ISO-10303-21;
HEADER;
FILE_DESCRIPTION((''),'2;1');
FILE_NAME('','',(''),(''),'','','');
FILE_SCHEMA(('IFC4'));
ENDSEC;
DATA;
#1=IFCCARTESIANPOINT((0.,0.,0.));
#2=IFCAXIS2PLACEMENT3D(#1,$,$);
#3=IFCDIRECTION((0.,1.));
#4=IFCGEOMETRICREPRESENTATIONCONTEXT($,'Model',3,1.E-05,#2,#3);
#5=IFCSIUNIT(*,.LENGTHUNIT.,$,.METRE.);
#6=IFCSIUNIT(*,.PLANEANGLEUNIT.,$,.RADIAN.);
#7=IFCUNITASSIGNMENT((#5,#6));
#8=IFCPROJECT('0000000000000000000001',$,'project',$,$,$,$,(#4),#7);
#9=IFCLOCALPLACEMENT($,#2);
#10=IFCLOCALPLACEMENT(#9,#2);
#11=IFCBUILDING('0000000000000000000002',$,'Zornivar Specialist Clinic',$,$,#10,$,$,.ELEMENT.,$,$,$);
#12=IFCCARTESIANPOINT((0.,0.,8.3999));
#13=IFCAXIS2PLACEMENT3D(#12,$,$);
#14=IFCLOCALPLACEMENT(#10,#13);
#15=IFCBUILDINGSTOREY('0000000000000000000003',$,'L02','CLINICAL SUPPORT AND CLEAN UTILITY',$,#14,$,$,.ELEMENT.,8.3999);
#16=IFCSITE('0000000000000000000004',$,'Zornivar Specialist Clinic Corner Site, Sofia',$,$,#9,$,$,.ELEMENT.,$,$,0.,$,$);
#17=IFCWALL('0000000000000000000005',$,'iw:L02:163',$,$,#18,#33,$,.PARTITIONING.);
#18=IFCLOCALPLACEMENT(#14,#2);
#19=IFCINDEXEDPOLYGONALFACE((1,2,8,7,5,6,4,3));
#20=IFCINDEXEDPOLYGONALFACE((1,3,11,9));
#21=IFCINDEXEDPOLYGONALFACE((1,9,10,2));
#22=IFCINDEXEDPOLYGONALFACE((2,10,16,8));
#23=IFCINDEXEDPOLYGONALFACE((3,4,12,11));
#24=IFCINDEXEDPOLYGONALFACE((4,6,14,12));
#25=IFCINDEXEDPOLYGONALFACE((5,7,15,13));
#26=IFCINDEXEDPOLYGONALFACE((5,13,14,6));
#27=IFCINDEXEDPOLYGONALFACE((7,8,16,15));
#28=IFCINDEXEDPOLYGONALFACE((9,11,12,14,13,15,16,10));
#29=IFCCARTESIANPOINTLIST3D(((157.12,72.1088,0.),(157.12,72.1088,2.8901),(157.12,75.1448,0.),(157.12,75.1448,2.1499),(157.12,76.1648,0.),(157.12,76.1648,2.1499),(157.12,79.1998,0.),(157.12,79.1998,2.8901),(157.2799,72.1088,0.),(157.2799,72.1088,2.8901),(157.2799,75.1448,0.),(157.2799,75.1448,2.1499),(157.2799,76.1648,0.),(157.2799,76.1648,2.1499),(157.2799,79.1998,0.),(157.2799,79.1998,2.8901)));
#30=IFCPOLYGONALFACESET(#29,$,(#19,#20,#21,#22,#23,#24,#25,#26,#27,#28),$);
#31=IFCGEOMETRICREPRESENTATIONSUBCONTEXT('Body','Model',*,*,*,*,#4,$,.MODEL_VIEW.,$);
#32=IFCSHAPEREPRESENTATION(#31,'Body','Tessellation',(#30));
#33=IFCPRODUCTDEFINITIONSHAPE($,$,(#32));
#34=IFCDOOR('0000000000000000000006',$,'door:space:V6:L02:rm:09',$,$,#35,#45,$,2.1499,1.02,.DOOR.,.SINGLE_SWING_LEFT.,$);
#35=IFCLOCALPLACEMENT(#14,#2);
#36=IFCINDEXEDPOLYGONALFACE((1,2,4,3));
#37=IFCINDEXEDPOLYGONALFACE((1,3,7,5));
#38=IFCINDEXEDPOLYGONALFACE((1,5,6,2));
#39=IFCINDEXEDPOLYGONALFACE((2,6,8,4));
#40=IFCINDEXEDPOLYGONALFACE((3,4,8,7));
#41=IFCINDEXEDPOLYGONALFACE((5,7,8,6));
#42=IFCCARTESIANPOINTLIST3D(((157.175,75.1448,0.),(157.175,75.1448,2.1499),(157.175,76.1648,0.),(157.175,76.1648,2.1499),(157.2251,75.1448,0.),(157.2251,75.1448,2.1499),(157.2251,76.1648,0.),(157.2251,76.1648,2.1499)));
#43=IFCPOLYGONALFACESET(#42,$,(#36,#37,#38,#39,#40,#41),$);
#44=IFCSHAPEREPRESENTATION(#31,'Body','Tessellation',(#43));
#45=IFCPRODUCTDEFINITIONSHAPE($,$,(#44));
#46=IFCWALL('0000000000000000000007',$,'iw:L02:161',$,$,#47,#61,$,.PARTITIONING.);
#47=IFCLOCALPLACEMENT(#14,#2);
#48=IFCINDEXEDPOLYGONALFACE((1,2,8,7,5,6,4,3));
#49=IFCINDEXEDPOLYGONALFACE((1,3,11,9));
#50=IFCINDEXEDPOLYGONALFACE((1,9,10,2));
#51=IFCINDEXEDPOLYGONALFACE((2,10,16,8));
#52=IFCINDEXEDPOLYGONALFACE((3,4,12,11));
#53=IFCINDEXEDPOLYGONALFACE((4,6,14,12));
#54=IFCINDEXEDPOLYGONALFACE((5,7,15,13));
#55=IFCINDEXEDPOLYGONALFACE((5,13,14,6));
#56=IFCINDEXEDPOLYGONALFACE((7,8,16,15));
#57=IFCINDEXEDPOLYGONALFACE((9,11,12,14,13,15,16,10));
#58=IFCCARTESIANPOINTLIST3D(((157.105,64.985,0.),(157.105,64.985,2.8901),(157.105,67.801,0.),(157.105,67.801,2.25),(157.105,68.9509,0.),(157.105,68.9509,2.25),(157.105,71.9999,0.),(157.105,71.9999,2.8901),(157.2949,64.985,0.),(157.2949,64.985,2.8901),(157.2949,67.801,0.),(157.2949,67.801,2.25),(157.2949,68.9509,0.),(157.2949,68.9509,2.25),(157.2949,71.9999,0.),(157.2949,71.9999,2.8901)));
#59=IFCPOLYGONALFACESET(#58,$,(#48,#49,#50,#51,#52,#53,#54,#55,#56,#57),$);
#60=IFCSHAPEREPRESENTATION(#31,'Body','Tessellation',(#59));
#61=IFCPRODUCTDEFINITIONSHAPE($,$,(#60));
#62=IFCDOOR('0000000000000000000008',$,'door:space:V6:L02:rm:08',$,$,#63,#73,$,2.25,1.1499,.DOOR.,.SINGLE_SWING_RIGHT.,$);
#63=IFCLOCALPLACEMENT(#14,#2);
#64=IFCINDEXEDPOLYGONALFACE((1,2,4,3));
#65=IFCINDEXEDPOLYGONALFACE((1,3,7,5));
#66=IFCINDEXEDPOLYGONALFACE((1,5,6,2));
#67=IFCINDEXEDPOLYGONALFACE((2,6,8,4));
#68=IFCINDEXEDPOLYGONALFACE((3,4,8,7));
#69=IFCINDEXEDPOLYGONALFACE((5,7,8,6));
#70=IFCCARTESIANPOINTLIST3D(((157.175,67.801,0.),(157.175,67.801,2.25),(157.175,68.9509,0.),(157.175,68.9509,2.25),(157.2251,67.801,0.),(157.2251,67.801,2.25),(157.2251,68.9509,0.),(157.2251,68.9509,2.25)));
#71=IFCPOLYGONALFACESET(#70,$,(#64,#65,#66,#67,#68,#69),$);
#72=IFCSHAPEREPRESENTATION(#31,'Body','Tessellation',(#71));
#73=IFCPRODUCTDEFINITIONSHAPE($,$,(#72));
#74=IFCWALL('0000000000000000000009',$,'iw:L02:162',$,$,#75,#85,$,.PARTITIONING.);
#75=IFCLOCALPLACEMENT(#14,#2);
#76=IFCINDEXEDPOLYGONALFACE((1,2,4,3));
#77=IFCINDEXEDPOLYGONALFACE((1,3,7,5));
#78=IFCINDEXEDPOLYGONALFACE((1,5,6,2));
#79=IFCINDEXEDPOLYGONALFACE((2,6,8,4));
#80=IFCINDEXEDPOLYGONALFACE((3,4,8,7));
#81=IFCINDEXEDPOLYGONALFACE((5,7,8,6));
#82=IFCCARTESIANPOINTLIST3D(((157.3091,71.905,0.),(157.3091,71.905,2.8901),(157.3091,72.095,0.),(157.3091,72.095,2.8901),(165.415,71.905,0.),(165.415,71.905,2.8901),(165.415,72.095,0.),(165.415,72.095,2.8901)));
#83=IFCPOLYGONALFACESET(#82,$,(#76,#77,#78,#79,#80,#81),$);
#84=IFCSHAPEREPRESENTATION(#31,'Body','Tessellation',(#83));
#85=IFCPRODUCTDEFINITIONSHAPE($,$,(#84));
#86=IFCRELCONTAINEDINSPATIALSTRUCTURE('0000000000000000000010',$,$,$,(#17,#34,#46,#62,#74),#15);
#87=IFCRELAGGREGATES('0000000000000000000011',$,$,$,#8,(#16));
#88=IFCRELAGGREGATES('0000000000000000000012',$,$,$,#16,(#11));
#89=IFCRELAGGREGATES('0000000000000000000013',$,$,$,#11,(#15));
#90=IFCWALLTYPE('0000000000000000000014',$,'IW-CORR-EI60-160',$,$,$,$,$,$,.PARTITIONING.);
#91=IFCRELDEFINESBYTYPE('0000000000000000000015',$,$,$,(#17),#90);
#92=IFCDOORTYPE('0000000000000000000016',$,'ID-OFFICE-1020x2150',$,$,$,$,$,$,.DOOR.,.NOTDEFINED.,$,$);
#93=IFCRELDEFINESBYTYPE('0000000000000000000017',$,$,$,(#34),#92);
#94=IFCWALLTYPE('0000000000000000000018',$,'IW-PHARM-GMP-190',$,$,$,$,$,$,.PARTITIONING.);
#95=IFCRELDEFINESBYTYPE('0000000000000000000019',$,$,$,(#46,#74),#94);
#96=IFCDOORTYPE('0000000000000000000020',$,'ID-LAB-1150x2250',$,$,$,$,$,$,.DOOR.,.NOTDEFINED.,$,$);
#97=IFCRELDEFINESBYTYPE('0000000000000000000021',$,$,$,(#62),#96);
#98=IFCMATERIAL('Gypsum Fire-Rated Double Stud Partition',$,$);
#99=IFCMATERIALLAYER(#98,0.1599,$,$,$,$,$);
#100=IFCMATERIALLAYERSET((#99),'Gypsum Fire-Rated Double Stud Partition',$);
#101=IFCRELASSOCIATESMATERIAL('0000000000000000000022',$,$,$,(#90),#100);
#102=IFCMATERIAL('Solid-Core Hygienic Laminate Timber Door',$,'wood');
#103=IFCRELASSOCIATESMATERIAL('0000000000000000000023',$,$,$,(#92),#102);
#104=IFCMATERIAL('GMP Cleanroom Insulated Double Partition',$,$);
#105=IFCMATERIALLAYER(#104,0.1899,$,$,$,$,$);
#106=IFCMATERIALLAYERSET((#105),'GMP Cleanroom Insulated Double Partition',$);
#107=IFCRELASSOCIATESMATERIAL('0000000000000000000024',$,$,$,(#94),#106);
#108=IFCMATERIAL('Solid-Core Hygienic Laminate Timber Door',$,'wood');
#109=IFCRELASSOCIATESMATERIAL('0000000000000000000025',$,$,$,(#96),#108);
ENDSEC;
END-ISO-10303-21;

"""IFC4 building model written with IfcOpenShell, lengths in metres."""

from ifc_helpers import new_model, si_unit, direction, frame, frame_2d, origin, place, context, subcontext, project, spatial, rectangle, extrude, material, layer, layer_set, type_object, element, fill, save


model = new_model("IFC4")

# Units and contexts
model_context = context("Model", 3, precision=1e-05, world=origin(), true_north=direction((0.0, 1.0)))
body_context = subcontext(model_context, "Body", "Model", "MODEL_VIEW")
ifc_project = project(units=[si_unit("LENGTHUNIT", "METRE"), si_unit("PLANEANGLEUNIT", "RADIAN")], contexts=[model_context])

# Site, building, storey
site_placement = place(None, origin())
site = spatial("IfcSite", under=ifc_project, at=site_placement, Name="Zornivar Specialist Clinic Corner Site, Sofia", CompositionType="ELEMENT", RefElevation=0.0)
building_placement = place(site_placement, origin())
building = spatial("IfcBuilding", under=site, at=building_placement, Name="Zornivar Specialist Clinic", CompositionType="ELEMENT")
storey_placement = place(building_placement, frame((0.0, 0.0, 8.3999)))
storey = spatial("IfcBuildingStorey", under=building, at=storey_placement, Name="L02", Description="CLINICAL SUPPORT AND CLEAN UTILITY", CompositionType="ELEMENT", Elevation=8.3999)

# Shared definitions
ifc_material_1 = material(Name="Gypsum Fire-Rated Double Stud Partition")
ifc_layer_1 = layer(ifc_material_1, 0.1599)
ifc_layer_set_1 = layer_set([ifc_layer_1], Name="Gypsum Fire-Rated Double Stud Partition")
wall_type_1 = type_object("IfcWallType", Name="IW-CORR-EI60-160", PredefinedType="PARTITIONING", material=ifc_layer_set_1)

# Walls, openings, doors
wall_1_placement = place(storey_placement, frame((157.2, 72.1089, 0.0), z_axis=(0.0, 0.0, 1.0), x_axis=(0.0, 1.0, 0.0)))
wall_1 = element("IfcWall", 1, at=wall_1_placement, inside=storey, type_object=wall_type_1, Name="iw:L02:163", PredefinedType="PARTITIONING", context=body_context, shape_type="SweptSolid", body=[
    extrude(rectangle(XDim=7.0911, YDim=0.1599, at=frame_2d((3.5454, 0.0))), origin(), (0.0, 0.0, 1.0), 2.8901),
])
opening_1_placement = place(wall_1_placement, frame((3.0359, 0.0, 0.0)))
opening_1 = element("IfcOpeningElement", 2, at=opening_1_placement, cuts=wall_1, PredefinedType="OPENING", context=body_context, shape_type="SweptSolid", body=[
    extrude(rectangle(XDim=1.02, YDim=2.1499, at=frame_2d((0.51, 1.075))), frame((0.0, 0.0898, 0.0), z_axis=(0.0, -1.0, 0.0), x_axis=(1.0, 0.0, 0.0)), (0.0, 0.0, 1.0), 0.1799),
])
ifc_material_2 = material(Name="Solid-Core Hygienic Laminate Timber Door", Category="wood")
door_type_1 = type_object("IfcDoorType", Name="ID-OFFICE-1020x2150", OperationType="NOTDEFINED", PredefinedType="DOOR", material=ifc_material_2)
door_1_placement = place(opening_1_placement, origin())
door_1 = element("IfcDoor", 3, at=door_1_placement, inside=storey, type_object=door_type_1, Name="door:space:V6:L02:rm:09", OperationType="SINGLE_SWING_LEFT", OverallHeight=2.1499, OverallWidth=1.02, PredefinedType="DOOR", context=body_context, shape_type="SweptSolid", body=[
    extrude(rectangle(XDim=1.02, YDim=2.1499, at=frame_2d((0.51, 1.075))), frame((0.0, 0.0249, 0.0), z_axis=(0.0, -1.0, 0.0), x_axis=(1.0, 0.0, 0.0)), (0.0, 0.0, 1.0), 0.05),
])
fill(opening_1, door_1)
ifc_material_3 = material(Name="GMP Cleanroom Insulated Double Partition")
ifc_layer_2 = layer(ifc_material_3, 0.1899)
ifc_layer_set_2 = layer_set([ifc_layer_2], Name="GMP Cleanroom Insulated Double Partition")
wall_type_2 = type_object("IfcWallType", Name="IW-PHARM-GMP-190", PredefinedType="PARTITIONING", material=ifc_layer_set_2)
wall_2_placement = place(storey_placement, frame((157.2, 64.9851, 0.0), z_axis=(0.0, 0.0, 1.0), x_axis=(0.0, 1.0, 0.0)))
wall_2 = element("IfcWall", 4, at=wall_2_placement, inside=storey, type_object=wall_type_2, Name="iw:L02:161", PredefinedType="PARTITIONING", context=body_context, shape_type="SweptSolid", body=[
    extrude(rectangle(XDim=7.0149, YDim=0.1899, at=frame_2d((3.5073, 0.0))), origin(), (0.0, 0.0, 1.0), 2.8901),
])
opening_2_placement = place(wall_2_placement, frame((2.8159, 0.0, 0.0)))
opening_2 = element("IfcOpeningElement", 5, at=opening_2_placement, cuts=wall_2, PredefinedType="OPENING", context=body_context, shape_type="SweptSolid", body=[
    extrude(rectangle(XDim=1.1499, YDim=2.25, at=frame_2d((0.575, 1.125))), frame((0.0, 0.105, 0.0), z_axis=(0.0, -1.0, 0.0), x_axis=(1.0, 0.0, 0.0)), (0.0, 0.0, 1.0), 0.21),
])
ifc_material_4 = material(Name="Solid-Core Hygienic Laminate Timber Door", Category="wood")
door_type_2 = type_object("IfcDoorType", Name="ID-LAB-1150x2250", OperationType="NOTDEFINED", PredefinedType="DOOR", material=ifc_material_4)
door_2_placement = place(opening_2_placement, origin())
door_2 = element("IfcDoor", 6, at=door_2_placement, inside=storey, type_object=door_type_2, Name="door:space:V6:L02:rm:08", OperationType="SINGLE_SWING_RIGHT", OverallHeight=2.25, OverallWidth=1.1499, PredefinedType="DOOR", context=body_context, shape_type="SweptSolid", body=[
    extrude(rectangle(XDim=1.1499, YDim=2.25, at=frame_2d((0.575, 1.125))), frame((0.0, 0.0249, 0.0), z_axis=(0.0, -1.0, 0.0), x_axis=(1.0, 0.0, 0.0)), (0.0, 0.0, 1.0), 0.05),
])
fill(opening_2, door_2)

# Wall
wall_3_placement = place(storey_placement, frame((157.3091, 72.0, 0.0), z_axis=(0.0, 0.0, 1.0), x_axis=(1.0, 0.0, 0.0)))
element("IfcWall", 7, at=wall_3_placement, inside=storey, type_object=wall_type_2, Name="iw:L02:162", PredefinedType="PARTITIONING", context=body_context, shape_type="SweptSolid", body=[
    extrude(rectangle(XDim=8.106, YDim=0.1899, at=frame_2d((4.053, 0.0))), origin(), (0.0, 0.0, 1.0), 2.8901),
])

save(model, "model.ifc")
